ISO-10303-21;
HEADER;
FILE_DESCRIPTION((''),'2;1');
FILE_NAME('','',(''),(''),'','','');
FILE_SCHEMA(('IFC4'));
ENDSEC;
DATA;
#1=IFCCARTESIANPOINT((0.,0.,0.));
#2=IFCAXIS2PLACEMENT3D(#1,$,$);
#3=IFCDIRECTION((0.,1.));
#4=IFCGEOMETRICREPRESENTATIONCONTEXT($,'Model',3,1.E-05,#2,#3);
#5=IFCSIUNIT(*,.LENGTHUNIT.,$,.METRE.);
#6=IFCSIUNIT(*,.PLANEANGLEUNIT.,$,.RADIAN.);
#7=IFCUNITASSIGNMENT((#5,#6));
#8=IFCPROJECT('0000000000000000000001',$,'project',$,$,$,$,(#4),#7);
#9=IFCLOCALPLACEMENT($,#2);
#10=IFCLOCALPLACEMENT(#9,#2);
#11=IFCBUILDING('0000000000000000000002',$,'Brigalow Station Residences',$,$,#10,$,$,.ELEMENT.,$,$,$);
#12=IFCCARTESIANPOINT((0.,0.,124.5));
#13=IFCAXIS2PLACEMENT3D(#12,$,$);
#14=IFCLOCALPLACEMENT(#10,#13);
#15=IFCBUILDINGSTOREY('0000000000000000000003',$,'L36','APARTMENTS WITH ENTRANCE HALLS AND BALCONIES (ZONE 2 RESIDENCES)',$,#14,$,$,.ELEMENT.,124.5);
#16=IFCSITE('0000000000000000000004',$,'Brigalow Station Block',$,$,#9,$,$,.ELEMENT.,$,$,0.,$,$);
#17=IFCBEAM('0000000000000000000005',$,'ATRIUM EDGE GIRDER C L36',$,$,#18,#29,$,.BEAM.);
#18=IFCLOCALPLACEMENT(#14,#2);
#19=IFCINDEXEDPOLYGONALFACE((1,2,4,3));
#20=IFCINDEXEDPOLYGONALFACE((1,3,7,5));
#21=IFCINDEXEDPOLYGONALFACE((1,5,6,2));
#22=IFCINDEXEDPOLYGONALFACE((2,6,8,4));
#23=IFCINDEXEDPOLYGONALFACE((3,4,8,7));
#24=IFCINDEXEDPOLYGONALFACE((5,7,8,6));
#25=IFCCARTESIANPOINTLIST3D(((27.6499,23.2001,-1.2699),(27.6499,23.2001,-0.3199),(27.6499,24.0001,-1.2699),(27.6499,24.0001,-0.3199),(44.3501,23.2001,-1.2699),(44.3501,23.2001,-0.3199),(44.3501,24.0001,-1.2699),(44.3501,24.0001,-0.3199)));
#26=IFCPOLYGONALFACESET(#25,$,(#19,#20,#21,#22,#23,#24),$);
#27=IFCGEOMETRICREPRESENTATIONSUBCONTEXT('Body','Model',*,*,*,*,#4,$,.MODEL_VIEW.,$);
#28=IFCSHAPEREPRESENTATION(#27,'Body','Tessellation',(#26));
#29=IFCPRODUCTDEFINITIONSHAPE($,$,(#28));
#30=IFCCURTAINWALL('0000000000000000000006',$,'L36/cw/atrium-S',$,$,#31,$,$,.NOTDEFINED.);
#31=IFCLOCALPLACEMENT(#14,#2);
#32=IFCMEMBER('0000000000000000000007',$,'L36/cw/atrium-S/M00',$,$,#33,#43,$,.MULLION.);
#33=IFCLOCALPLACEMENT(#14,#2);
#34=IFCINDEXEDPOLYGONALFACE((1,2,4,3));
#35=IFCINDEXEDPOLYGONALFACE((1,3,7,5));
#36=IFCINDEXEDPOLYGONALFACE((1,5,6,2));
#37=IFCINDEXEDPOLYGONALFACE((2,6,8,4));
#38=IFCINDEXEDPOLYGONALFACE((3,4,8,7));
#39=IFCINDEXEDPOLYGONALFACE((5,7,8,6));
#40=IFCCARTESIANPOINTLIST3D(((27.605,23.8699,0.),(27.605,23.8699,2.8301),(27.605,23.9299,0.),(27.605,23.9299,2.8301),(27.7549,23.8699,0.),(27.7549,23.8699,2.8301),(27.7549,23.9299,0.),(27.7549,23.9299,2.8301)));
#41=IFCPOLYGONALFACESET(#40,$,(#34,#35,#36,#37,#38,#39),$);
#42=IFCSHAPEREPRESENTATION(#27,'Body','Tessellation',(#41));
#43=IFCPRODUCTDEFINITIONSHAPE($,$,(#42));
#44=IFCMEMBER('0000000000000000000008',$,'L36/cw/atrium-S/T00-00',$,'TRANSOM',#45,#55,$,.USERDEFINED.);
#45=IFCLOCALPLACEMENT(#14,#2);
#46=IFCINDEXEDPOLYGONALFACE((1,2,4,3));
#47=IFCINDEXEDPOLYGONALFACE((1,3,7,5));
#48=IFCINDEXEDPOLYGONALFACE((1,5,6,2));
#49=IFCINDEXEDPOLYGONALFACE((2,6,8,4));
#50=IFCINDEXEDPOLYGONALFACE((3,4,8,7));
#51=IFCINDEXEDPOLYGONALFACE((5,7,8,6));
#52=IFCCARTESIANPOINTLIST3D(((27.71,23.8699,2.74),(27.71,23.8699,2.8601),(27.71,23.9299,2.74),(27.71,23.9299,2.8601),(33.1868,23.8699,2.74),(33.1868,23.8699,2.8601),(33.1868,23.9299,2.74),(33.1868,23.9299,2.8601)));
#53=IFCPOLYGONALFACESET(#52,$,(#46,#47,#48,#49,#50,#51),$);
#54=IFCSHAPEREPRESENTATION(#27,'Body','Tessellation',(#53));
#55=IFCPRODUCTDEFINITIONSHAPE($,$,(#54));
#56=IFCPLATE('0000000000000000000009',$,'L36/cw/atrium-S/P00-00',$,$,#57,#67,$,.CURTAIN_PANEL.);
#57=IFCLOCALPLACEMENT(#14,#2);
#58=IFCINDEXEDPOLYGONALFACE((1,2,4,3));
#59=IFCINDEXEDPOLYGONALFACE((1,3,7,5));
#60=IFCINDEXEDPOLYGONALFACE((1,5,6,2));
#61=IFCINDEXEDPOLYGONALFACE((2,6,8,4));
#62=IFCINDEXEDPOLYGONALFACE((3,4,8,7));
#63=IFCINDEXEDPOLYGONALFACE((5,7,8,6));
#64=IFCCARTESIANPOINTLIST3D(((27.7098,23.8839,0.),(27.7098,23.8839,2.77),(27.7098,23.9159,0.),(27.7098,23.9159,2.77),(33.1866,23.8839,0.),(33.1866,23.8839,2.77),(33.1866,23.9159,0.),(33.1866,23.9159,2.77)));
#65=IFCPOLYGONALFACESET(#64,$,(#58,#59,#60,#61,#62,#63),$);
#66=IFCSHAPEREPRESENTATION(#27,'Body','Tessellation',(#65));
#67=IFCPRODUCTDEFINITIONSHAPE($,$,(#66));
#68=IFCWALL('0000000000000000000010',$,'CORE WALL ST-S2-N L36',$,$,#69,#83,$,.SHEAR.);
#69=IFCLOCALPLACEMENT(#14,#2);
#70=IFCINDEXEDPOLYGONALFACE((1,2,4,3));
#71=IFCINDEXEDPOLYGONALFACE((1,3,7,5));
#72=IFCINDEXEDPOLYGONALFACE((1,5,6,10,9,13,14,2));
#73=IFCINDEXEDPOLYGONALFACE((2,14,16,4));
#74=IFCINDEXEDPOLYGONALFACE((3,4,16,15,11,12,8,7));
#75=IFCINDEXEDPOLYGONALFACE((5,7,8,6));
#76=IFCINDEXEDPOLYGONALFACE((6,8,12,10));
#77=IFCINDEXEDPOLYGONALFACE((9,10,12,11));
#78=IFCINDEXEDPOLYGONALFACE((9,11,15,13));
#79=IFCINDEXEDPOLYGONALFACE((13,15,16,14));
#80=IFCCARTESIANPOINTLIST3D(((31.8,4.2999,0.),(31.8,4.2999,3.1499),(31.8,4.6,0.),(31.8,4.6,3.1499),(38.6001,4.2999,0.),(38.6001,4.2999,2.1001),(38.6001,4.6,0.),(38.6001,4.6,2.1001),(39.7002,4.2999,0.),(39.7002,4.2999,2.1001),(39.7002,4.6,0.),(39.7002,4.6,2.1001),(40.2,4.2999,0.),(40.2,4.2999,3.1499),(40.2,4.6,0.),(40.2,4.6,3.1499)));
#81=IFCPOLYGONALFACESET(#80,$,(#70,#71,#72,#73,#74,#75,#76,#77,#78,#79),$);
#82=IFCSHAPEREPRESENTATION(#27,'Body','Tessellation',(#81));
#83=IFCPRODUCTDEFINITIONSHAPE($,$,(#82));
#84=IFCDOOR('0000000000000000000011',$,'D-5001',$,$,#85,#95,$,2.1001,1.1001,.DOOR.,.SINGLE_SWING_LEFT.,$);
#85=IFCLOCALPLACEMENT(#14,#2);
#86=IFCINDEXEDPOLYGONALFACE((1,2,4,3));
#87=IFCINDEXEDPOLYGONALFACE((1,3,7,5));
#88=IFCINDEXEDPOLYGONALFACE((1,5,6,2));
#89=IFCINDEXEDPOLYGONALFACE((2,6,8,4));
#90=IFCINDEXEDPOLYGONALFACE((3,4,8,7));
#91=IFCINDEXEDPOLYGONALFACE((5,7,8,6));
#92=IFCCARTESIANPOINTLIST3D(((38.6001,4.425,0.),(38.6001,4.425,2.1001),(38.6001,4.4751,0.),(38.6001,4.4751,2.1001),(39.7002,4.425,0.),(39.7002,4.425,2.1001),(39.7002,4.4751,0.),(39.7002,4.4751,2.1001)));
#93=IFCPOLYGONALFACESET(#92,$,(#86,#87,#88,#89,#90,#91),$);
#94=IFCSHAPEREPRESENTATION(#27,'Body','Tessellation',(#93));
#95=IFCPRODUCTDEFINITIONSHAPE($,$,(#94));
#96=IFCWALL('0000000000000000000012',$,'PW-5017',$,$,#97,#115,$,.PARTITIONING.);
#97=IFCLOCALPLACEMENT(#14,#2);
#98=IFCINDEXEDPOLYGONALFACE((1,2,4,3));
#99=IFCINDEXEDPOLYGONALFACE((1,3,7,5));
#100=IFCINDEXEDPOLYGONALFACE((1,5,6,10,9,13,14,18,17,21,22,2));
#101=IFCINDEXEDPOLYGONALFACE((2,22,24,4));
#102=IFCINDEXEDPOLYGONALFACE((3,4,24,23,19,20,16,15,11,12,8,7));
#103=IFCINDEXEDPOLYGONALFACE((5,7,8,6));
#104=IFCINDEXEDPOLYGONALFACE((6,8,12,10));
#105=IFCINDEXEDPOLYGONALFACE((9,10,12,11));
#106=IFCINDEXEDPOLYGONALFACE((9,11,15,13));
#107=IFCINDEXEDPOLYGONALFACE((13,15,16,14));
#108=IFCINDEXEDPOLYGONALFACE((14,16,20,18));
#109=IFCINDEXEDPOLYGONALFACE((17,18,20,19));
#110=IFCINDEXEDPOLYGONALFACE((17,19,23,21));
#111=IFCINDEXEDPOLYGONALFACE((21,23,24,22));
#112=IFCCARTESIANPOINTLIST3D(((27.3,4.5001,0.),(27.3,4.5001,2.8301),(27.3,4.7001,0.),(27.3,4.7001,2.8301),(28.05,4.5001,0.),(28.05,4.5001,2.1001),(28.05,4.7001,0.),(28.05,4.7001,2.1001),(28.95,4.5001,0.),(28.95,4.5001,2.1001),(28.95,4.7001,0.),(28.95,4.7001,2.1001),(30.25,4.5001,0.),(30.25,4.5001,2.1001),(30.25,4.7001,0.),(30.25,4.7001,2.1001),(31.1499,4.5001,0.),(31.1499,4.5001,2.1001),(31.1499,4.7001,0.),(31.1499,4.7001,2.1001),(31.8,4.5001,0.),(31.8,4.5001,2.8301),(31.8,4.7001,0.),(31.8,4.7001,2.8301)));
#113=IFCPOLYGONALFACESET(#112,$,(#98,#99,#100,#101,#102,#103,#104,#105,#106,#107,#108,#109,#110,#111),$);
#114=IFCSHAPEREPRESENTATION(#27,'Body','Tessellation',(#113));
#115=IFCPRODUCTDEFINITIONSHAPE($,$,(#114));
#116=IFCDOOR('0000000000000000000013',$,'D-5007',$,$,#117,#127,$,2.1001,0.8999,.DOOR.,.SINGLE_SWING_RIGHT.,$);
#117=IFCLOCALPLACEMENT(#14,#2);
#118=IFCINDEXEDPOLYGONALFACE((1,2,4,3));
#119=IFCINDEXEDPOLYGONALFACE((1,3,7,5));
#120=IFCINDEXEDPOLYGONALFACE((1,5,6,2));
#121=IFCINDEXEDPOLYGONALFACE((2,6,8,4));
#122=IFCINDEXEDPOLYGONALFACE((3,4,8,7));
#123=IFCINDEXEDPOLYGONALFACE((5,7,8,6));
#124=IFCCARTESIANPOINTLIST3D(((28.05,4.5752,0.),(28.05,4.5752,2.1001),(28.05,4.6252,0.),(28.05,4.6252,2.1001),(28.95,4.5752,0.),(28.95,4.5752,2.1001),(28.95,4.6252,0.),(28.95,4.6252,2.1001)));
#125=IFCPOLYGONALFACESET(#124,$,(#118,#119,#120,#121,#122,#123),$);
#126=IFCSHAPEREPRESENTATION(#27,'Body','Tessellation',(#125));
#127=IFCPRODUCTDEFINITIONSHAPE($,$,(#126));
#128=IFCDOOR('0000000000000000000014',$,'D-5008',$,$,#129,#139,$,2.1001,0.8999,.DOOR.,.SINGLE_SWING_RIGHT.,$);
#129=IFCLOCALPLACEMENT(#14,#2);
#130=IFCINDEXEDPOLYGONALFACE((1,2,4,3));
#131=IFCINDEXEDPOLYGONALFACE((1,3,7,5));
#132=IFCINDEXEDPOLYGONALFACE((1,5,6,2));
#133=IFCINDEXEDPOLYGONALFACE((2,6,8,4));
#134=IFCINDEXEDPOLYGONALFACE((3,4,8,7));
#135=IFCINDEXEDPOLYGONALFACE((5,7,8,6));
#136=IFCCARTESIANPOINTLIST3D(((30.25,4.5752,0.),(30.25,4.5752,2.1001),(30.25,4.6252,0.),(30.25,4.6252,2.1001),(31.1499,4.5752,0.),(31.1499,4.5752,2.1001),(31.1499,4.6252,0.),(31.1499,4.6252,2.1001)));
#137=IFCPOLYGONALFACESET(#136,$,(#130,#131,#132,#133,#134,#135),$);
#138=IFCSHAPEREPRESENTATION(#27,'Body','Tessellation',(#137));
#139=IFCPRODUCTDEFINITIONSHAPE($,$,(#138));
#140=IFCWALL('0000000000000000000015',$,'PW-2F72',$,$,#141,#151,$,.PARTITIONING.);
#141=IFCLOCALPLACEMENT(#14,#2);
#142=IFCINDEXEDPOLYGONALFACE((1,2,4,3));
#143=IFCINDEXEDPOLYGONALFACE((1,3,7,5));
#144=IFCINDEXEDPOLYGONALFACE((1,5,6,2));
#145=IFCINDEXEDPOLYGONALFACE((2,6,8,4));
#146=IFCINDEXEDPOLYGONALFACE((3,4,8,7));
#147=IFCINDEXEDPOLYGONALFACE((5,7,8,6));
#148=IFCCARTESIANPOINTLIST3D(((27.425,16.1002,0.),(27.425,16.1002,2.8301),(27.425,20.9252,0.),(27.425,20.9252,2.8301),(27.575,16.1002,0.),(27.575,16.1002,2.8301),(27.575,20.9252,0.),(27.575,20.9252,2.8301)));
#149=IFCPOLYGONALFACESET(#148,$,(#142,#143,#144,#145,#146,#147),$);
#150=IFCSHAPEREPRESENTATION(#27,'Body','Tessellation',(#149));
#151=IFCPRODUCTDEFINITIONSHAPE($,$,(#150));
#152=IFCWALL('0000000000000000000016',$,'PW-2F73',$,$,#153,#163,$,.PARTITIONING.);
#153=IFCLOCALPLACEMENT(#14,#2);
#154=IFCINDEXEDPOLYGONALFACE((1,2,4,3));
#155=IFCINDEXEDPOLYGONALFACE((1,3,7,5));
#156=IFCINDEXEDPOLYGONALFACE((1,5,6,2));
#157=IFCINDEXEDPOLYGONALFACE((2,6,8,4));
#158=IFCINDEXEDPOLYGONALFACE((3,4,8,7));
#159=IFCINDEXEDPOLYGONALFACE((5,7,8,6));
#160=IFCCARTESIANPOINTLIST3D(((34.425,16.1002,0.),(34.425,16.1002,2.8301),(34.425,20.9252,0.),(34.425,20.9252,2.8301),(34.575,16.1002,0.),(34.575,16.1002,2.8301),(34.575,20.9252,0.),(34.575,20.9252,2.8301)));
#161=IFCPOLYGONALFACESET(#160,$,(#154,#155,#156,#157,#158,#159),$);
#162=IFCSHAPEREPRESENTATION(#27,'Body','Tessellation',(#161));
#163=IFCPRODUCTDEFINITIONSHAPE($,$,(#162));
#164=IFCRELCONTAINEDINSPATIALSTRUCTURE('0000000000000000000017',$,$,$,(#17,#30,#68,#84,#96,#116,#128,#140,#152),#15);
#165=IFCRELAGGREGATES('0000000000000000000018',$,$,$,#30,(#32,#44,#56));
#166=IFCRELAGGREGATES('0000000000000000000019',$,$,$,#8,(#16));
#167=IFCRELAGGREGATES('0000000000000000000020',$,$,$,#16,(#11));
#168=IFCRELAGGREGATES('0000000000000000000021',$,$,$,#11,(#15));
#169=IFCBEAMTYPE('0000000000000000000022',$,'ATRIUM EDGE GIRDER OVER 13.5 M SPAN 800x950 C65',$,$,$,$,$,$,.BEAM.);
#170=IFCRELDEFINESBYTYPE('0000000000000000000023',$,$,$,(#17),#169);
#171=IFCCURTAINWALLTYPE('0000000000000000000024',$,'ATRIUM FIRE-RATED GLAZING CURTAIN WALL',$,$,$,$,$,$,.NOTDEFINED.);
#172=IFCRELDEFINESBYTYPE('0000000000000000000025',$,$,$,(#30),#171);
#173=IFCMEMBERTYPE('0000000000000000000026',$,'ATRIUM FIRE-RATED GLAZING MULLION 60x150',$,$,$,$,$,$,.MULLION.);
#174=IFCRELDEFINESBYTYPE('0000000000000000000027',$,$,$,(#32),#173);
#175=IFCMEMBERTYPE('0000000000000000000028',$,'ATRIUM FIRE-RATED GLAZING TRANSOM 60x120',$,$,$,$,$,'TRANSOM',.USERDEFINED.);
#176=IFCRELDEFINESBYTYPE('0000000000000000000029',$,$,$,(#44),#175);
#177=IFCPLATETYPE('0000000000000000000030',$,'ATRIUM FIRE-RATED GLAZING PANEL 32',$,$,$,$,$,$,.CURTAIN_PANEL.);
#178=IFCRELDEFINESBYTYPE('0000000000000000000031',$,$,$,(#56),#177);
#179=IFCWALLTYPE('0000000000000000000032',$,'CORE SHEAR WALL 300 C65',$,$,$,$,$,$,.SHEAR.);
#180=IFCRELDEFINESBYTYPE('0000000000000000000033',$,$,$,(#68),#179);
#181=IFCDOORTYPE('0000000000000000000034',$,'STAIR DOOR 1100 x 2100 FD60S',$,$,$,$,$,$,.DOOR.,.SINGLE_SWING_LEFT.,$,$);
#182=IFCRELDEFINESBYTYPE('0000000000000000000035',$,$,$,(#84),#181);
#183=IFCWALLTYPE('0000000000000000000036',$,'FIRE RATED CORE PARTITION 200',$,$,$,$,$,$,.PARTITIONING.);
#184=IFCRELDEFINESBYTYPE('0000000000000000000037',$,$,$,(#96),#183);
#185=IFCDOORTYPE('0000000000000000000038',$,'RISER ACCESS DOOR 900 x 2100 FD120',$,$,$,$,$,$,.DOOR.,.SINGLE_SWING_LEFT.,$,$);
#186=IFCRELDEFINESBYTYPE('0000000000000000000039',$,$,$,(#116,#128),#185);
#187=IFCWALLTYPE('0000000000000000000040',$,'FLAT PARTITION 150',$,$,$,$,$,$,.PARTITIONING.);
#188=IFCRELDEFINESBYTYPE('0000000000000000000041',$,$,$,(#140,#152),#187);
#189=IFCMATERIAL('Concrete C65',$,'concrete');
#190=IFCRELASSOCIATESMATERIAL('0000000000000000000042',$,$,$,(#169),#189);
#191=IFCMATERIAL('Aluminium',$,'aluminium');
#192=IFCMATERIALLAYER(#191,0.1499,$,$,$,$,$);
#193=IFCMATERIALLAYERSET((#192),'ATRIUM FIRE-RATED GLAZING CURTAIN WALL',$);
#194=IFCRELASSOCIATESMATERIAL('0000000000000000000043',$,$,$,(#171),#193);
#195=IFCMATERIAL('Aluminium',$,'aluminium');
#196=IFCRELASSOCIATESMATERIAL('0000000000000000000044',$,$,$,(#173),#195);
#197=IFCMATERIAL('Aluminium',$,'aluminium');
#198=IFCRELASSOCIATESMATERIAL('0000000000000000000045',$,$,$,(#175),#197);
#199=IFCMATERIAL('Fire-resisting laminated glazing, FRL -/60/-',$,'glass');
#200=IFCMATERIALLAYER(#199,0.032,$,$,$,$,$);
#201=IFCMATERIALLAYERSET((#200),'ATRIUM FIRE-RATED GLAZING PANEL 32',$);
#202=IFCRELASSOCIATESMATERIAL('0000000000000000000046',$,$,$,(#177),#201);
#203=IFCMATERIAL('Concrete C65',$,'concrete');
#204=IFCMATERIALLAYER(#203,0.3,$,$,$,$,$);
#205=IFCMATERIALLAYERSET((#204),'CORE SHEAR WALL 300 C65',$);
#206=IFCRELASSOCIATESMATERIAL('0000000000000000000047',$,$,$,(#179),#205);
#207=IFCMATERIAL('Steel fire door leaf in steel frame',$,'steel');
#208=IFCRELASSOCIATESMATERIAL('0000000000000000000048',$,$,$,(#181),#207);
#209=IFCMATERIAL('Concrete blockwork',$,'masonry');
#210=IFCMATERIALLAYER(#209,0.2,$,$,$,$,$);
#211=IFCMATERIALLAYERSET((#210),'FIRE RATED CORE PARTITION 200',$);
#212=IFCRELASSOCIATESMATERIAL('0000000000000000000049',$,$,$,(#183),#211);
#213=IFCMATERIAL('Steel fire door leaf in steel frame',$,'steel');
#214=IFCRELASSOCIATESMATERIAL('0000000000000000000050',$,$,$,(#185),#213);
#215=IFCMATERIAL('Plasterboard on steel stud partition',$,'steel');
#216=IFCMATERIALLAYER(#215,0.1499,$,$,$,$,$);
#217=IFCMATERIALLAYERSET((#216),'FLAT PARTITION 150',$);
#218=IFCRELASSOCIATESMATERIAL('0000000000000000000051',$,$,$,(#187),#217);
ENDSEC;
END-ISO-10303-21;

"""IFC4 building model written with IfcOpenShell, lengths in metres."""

from ifc_helpers import new_model, si_unit, direction, frame, frame_2d, origin, origin_2d, place, context, subcontext, project, spatial, rectangle, extrude, material, layer, layer_set, material_profile, profile_set, type_object, element, fill, aggregate, save


model = new_model("IFC4")

# Units and contexts
model_context = context("Model", 3, precision=1e-05, world=origin(), true_north=direction((0.0, 1.0)))
body_context = subcontext(model_context, "Body", "Model", "MODEL_VIEW")
ifc_project = project(units=[si_unit("LENGTHUNIT", "METRE"), si_unit("PLANEANGLEUNIT", "RADIAN")], contexts=[model_context])

# Site, building, storey
site_placement = place(None, origin())
site = spatial("IfcSite", under=ifc_project, at=site_placement, Name="Brigalow Station Block", CompositionType="ELEMENT", RefElevation=0.0)
building_placement = place(site_placement, origin())
building = spatial("IfcBuilding", under=site, at=building_placement, Name="Brigalow Station Residences", CompositionType="ELEMENT")
storey_placement = place(building_placement, frame((0.0, 0.0, 124.5)))
storey = spatial("IfcBuildingStorey", under=building, at=storey_placement, Name="L36", Description="APARTMENTS WITH ENTRANCE HALLS AND BALCONIES (ZONE 2 RESIDENCES)", CompositionType="ELEMENT", Elevation=124.5)

# Beam
ifc_material_1 = material(Name="Concrete C65", Category="concrete")
ifc_material_profile_1 = material_profile(ifc_material_1, rectangle(XDim=0.8, YDim=0.95, at=origin_2d()), Name="RC800x950")
ifc_profile_set_1 = profile_set([ifc_material_profile_1], Name="Concrete C65")
beam_type = type_object("IfcBeamType", Name="ATRIUM EDGE GIRDER OVER 13.5 M SPAN 800x950 C65", PredefinedType="BEAM", material=ifc_profile_set_1)
beam_placement = place(storey_placement, frame((27.6499, 23.6001, -0.7949), z_axis=(1.0, 0.0, 0.0), x_axis=(0.0, 1.0, 0.0)))
element("IfcBeam", 1, at=beam_placement, inside=storey, type_object=beam_type, Name="ATRIUM EDGE GIRDER C L36", PredefinedType="BEAM", context=body_context, shape_type="SweptSolid", body=[
    extrude(rectangle(XDim=0.8, YDim=0.95, at=origin_2d()), origin(), (0.0, 0.0, 1.0), 16.7002),
])

# Curtain wall, members, plate
ifc_material_2 = material(Name="Aluminium", Category="aluminium")
ifc_layer_1 = layer(ifc_material_2, 0.1499)
ifc_layer_set_1 = layer_set([ifc_layer_1], Name="ATRIUM FIRE-RATED GLAZING CURTAIN WALL")
curtain_wall_type = type_object("IfcCurtainWallType", Name="ATRIUM FIRE-RATED GLAZING CURTAIN WALL", PredefinedType="NOTDEFINED", material=ifc_layer_set_1)
curtain_wall_placement = place(storey_placement, origin())
curtain_wall = element("IfcCurtainWall", 2, at=curtain_wall_placement, inside=storey, type_object=curtain_wall_type, Name="L36/cw/atrium-S", PredefinedType="NOTDEFINED")
ifc_material_3 = material(Name="Aluminium", Category="aluminium")
ifc_material_profile_2 = material_profile(ifc_material_3, rectangle(XDim=0.0601, YDim=0.1499, at=origin_2d()), Name="ATRIUM FIRE-RATED GLAZING MULLION 60x150")
ifc_profile_set_2 = profile_set([ifc_material_profile_2], Name="Aluminium")
member_type_1 = type_object("IfcMemberType", Name="ATRIUM FIRE-RATED GLAZING MULLION 60x150", PredefinedType="MULLION", material=ifc_profile_set_2)
member_1_placement = place(storey_placement, frame((27.6799, 23.8999, 0.0), z_axis=(0.0, 0.0, 1.0), x_axis=(0.0, 1.0, 0.0)))
member_1 = element("IfcMember", 3, at=member_1_placement, type_object=member_type_1, Name="L36/cw/atrium-S/M00", PredefinedType="MULLION", context=body_context, shape_type="SweptSolid", body=[
    extrude(rectangle(XDim=0.0601, YDim=0.1499, at=origin_2d()), origin(), (0.0, 0.0, 1.0), 2.8301),
])
ifc_material_4 = material(Name="Aluminium", Category="aluminium")
ifc_material_profile_3 = material_profile(ifc_material_4, rectangle(XDim=0.0601, YDim=0.1201, at=origin_2d()), Name="ATRIUM FIRE-RATED GLAZING TRANSOM 60x120")
ifc_profile_set_3 = profile_set([ifc_material_profile_3], Name="Aluminium")
member_type_2 = type_object("IfcMemberType", Name="ATRIUM FIRE-RATED GLAZING TRANSOM 60x120", ElementType="TRANSOM", PredefinedType="USERDEFINED", material=ifc_profile_set_3)
member_2_placement = place(storey_placement, frame((27.71, 23.8999, 2.8), z_axis=(1.0, 0.0, 0.0), x_axis=(0.0, 1.0, 0.0)))
member_2 = element("IfcMember", 4, at=member_2_placement, type_object=member_type_2, Name="L36/cw/atrium-S/T00-00", ObjectType="TRANSOM", PredefinedType="USERDEFINED", context=body_context, shape_type="SweptSolid", body=[
    extrude(rectangle(XDim=0.0601, YDim=0.1201, at=origin_2d()), origin(), (0.0, 0.0, 1.0), 5.4768),
])
ifc_material_5 = material(Name="Fire-resisting laminated glazing, FRL -/60/-", Category="glass")
ifc_layer_2 = layer(ifc_material_5, 0.032)
ifc_layer_set_2 = layer_set([ifc_layer_2], Name="ATRIUM FIRE-RATED GLAZING PANEL 32")
plate_type = type_object("IfcPlateType", Name="ATRIUM FIRE-RATED GLAZING PANEL 32", PredefinedType="CURTAIN_PANEL", material=ifc_layer_set_2)
plate_placement = place(storey_placement, frame((30.4482, 23.8999, 0.0), z_axis=(0.0, 0.0, 1.0), x_axis=(1.0, 0.0, 0.0)))
plate = element("IfcPlate", 5, at=plate_placement, type_object=plate_type, Name="L36/cw/atrium-S/P00-00", PredefinedType="CURTAIN_PANEL", context=body_context, shape_type="SweptSolid", body=[
    extrude(rectangle(XDim=5.4768, YDim=0.032, at=origin_2d()), origin(), (0.0, 0.0, 1.0), 2.77),
])
aggregate(curtain_wall, [member_1, member_2, plate])

# Wall, opening, door
ifc_material_6 = material(Name="Concrete C65", Category="concrete")
ifc_layer_3 = layer(ifc_material_6, 0.3)
ifc_layer_set_3 = layer_set([ifc_layer_3], Name="CORE SHEAR WALL 300 C65")
wall_type_1 = type_object("IfcWallType", Name="CORE SHEAR WALL 300 C65", PredefinedType="SHEAR", material=ifc_layer_set_3)
wall_1_placement = place(storey_placement, frame((31.8, 4.45, 0.0), z_axis=(0.0, 0.0, 1.0), x_axis=(1.0, 0.0, 0.0)))
wall_1 = element("IfcWall", 6, at=wall_1_placement, inside=storey, type_object=wall_type_1, Name="CORE WALL ST-S2-N L36", PredefinedType="SHEAR", context=body_context, shape_type="SweptSolid", body=[
    extrude(rectangle(XDim=8.3999, YDim=0.3, at=frame_2d((4.2, 0.0))), origin(), (0.0, 0.0, 1.0), 3.1499),
])
opening_1_placement = place(wall_1_placement, frame((6.8, 0.0, 0.0)))
opening_1 = element("IfcOpeningElement", 7, at=opening_1_placement, cuts=wall_1, PredefinedType="OPENING", context=body_context, shape_type="SweptSolid", body=[
    extrude(rectangle(XDim=1.1001, YDim=2.1001, at=frame_2d((0.55, 1.05))), frame((0.0, 0.1602, 0.0), z_axis=(0.0, -1.0, 0.0), x_axis=(1.0, 0.0, 0.0)), (0.0, 0.0, 1.0), 0.3201),
])
ifc_material_7 = material(Name="Steel fire door leaf in steel frame", Category="steel")
door_type_1 = type_object("IfcDoorType", Name="STAIR DOOR 1100 x 2100 FD60S", OperationType="SINGLE_SWING_LEFT", PredefinedType="DOOR", material=ifc_material_7)
door_1_placement = place(opening_1_placement, frame((1.1001, 0.0, 0.0), z_axis=(0.0, 0.0, 1.0), x_axis=(-1.0, 0.0, 0.0)))
door_1 = element("IfcDoor", 8, at=door_1_placement, inside=storey, type_object=door_type_1, Name="D-5001", OperationType="SINGLE_SWING_LEFT", OverallHeight=2.1001, OverallWidth=1.1001, PredefinedType="DOOR", context=body_context, shape_type="SweptSolid", body=[
    extrude(rectangle(XDim=1.1001, YDim=2.1001, at=frame_2d((0.55, 1.05))), frame((0.0, 0.0249, 0.0), z_axis=(0.0, -1.0, 0.0), x_axis=(1.0, 0.0, 0.0)), (0.0, 0.0, 1.0), 0.05),
])
fill(opening_1, door_1)

# Wall, openings, doors
ifc_material_8 = material(Name="Concrete blockwork", Category="masonry")
ifc_layer_4 = layer(ifc_material_8, 0.2)
ifc_layer_set_4 = layer_set([ifc_layer_4], Name="FIRE RATED CORE PARTITION 200")
wall_type_2 = type_object("IfcWallType", Name="FIRE RATED CORE PARTITION 200", PredefinedType="PARTITIONING", material=ifc_layer_set_4)
wall_2_placement = place(storey_placement, frame((27.3, 4.6001, 0.0), z_axis=(0.0, 0.0, 1.0), x_axis=(1.0, 0.0, 0.0)))
wall_2 = element("IfcWall", 9, at=wall_2_placement, inside=storey, type_object=wall_type_2, Name="PW-5017", PredefinedType="PARTITIONING", context=body_context, shape_type="SweptSolid", body=[
    extrude(rectangle(XDim=4.5, YDim=0.2, at=frame_2d((2.25, 0.0))), origin(), (0.0, 0.0, 1.0), 2.8301),
])
opening_2_placement = place(wall_2_placement, frame((0.75, 0.0, 0.0)))
opening_2 = element("IfcOpeningElement", 10, at=opening_2_placement, cuts=wall_2, PredefinedType="OPENING", context=body_context, shape_type="SweptSolid", body=[
    extrude(rectangle(XDim=0.8999, YDim=2.1001, at=frame_2d((0.45, 1.05))), frame((0.0, 0.1099, 0.0), z_axis=(0.0, -1.0, 0.0), x_axis=(1.0, 0.0, 0.0)), (0.0, 0.0, 1.0), 0.22),
])
opening_3_placement = place(wall_2_placement, frame((2.95, 0.0, 0.0)))
opening_3 = element("IfcOpeningElement", 11, at=opening_3_placement, cuts=wall_2, PredefinedType="OPENING", context=body_context, shape_type="SweptSolid", body=[
    extrude(rectangle(XDim=0.8999, YDim=2.1001, at=frame_2d((0.45, 1.05))), frame((0.0, 0.1099, 0.0), z_axis=(0.0, -1.0, 0.0), x_axis=(1.0, 0.0, 0.0)), (0.0, 0.0, 1.0), 0.22),
])
ifc_material_9 = material(Name="Steel fire door leaf in steel frame", Category="steel")
door_type_2 = type_object("IfcDoorType", Name="RISER ACCESS DOOR 900 x 2100 FD120", OperationType="SINGLE_SWING_LEFT", PredefinedType="DOOR", material=ifc_material_9)
door_2_placement = place(opening_2_placement, frame((0.8999, 0.0, 0.0), z_axis=(0.0, 0.0, 1.0), x_axis=(-1.0, 0.0, 0.0)))
door_2 = element("IfcDoor", 12, at=door_2_placement, inside=storey, type_object=door_type_2, Name="D-5007", OperationType="SINGLE_SWING_RIGHT", OverallHeight=2.1001, OverallWidth=0.8999, PredefinedType="DOOR", context=body_context, shape_type="SweptSolid", body=[
    extrude(rectangle(XDim=0.8999, YDim=2.1001, at=frame_2d((0.45, 1.05))), frame((0.0, 0.0249, 0.0), z_axis=(0.0, -1.0, 0.0), x_axis=(1.0, 0.0, 0.0)), (0.0, 0.0, 1.0), 0.05),
])
fill(opening_2, door_2)
door_3_placement = place(opening_3_placement, frame((0.8999, 0.0, 0.0), z_axis=(0.0, 0.0, 1.0), x_axis=(-1.0, 0.0, 0.0)))
door_3 = element("IfcDoor", 13, at=door_3_placement, inside=storey, type_object=door_type_2, Name="D-5008", OperationType="SINGLE_SWING_RIGHT", OverallHeight=2.1001, OverallWidth=0.8999, PredefinedType="DOOR", context=body_context, shape_type="SweptSolid", body=[
    extrude(rectangle(XDim=0.8999, YDim=2.1001, at=frame_2d((0.45, 1.05))), frame((0.0, 0.0249, 0.0), z_axis=(0.0, -1.0, 0.0), x_axis=(1.0, 0.0, 0.0)), (0.0, 0.0, 1.0), 0.05),
])
fill(opening_3, door_3)

# Walls
ifc_material_10 = material(Name="Plasterboard on steel stud partition", Category="steel")
ifc_layer_5 = layer(ifc_material_10, 0.1499)
ifc_layer_set_5 = layer_set([ifc_layer_5], Name="FLAT PARTITION 150")
wall_type_3 = type_object("IfcWallType", Name="FLAT PARTITION 150", PredefinedType="PARTITIONING", material=ifc_layer_set_5)
for number, where, z_axis, x_axis, name in (
    (14, (27.5, 16.1001, 0.0), (0.0, 0.0, 1.0), (0.0, 1.0, 0.0), "PW-2F72"),
    (15, (34.5, 16.1001, 0.0), (0.0, 0.0, 1.0), (0.0, 1.0, 0.0), "PW-2F73"),
):
    element("IfcWall", number, at=place(storey_placement, frame(where, z_axis=z_axis, x_axis=x_axis)), inside=storey, type_object=wall_type_3, Name=name, PredefinedType="PARTITIONING", context=body_context, shape_type="SweptSolid", body=[
        extrude(rectangle(XDim=4.825, YDim=0.1499, at=frame_2d((2.4126, 0.0))), origin(), (0.0, 0.0, 1.0), 2.8301),
    ])

save(model, "model.ifc")
